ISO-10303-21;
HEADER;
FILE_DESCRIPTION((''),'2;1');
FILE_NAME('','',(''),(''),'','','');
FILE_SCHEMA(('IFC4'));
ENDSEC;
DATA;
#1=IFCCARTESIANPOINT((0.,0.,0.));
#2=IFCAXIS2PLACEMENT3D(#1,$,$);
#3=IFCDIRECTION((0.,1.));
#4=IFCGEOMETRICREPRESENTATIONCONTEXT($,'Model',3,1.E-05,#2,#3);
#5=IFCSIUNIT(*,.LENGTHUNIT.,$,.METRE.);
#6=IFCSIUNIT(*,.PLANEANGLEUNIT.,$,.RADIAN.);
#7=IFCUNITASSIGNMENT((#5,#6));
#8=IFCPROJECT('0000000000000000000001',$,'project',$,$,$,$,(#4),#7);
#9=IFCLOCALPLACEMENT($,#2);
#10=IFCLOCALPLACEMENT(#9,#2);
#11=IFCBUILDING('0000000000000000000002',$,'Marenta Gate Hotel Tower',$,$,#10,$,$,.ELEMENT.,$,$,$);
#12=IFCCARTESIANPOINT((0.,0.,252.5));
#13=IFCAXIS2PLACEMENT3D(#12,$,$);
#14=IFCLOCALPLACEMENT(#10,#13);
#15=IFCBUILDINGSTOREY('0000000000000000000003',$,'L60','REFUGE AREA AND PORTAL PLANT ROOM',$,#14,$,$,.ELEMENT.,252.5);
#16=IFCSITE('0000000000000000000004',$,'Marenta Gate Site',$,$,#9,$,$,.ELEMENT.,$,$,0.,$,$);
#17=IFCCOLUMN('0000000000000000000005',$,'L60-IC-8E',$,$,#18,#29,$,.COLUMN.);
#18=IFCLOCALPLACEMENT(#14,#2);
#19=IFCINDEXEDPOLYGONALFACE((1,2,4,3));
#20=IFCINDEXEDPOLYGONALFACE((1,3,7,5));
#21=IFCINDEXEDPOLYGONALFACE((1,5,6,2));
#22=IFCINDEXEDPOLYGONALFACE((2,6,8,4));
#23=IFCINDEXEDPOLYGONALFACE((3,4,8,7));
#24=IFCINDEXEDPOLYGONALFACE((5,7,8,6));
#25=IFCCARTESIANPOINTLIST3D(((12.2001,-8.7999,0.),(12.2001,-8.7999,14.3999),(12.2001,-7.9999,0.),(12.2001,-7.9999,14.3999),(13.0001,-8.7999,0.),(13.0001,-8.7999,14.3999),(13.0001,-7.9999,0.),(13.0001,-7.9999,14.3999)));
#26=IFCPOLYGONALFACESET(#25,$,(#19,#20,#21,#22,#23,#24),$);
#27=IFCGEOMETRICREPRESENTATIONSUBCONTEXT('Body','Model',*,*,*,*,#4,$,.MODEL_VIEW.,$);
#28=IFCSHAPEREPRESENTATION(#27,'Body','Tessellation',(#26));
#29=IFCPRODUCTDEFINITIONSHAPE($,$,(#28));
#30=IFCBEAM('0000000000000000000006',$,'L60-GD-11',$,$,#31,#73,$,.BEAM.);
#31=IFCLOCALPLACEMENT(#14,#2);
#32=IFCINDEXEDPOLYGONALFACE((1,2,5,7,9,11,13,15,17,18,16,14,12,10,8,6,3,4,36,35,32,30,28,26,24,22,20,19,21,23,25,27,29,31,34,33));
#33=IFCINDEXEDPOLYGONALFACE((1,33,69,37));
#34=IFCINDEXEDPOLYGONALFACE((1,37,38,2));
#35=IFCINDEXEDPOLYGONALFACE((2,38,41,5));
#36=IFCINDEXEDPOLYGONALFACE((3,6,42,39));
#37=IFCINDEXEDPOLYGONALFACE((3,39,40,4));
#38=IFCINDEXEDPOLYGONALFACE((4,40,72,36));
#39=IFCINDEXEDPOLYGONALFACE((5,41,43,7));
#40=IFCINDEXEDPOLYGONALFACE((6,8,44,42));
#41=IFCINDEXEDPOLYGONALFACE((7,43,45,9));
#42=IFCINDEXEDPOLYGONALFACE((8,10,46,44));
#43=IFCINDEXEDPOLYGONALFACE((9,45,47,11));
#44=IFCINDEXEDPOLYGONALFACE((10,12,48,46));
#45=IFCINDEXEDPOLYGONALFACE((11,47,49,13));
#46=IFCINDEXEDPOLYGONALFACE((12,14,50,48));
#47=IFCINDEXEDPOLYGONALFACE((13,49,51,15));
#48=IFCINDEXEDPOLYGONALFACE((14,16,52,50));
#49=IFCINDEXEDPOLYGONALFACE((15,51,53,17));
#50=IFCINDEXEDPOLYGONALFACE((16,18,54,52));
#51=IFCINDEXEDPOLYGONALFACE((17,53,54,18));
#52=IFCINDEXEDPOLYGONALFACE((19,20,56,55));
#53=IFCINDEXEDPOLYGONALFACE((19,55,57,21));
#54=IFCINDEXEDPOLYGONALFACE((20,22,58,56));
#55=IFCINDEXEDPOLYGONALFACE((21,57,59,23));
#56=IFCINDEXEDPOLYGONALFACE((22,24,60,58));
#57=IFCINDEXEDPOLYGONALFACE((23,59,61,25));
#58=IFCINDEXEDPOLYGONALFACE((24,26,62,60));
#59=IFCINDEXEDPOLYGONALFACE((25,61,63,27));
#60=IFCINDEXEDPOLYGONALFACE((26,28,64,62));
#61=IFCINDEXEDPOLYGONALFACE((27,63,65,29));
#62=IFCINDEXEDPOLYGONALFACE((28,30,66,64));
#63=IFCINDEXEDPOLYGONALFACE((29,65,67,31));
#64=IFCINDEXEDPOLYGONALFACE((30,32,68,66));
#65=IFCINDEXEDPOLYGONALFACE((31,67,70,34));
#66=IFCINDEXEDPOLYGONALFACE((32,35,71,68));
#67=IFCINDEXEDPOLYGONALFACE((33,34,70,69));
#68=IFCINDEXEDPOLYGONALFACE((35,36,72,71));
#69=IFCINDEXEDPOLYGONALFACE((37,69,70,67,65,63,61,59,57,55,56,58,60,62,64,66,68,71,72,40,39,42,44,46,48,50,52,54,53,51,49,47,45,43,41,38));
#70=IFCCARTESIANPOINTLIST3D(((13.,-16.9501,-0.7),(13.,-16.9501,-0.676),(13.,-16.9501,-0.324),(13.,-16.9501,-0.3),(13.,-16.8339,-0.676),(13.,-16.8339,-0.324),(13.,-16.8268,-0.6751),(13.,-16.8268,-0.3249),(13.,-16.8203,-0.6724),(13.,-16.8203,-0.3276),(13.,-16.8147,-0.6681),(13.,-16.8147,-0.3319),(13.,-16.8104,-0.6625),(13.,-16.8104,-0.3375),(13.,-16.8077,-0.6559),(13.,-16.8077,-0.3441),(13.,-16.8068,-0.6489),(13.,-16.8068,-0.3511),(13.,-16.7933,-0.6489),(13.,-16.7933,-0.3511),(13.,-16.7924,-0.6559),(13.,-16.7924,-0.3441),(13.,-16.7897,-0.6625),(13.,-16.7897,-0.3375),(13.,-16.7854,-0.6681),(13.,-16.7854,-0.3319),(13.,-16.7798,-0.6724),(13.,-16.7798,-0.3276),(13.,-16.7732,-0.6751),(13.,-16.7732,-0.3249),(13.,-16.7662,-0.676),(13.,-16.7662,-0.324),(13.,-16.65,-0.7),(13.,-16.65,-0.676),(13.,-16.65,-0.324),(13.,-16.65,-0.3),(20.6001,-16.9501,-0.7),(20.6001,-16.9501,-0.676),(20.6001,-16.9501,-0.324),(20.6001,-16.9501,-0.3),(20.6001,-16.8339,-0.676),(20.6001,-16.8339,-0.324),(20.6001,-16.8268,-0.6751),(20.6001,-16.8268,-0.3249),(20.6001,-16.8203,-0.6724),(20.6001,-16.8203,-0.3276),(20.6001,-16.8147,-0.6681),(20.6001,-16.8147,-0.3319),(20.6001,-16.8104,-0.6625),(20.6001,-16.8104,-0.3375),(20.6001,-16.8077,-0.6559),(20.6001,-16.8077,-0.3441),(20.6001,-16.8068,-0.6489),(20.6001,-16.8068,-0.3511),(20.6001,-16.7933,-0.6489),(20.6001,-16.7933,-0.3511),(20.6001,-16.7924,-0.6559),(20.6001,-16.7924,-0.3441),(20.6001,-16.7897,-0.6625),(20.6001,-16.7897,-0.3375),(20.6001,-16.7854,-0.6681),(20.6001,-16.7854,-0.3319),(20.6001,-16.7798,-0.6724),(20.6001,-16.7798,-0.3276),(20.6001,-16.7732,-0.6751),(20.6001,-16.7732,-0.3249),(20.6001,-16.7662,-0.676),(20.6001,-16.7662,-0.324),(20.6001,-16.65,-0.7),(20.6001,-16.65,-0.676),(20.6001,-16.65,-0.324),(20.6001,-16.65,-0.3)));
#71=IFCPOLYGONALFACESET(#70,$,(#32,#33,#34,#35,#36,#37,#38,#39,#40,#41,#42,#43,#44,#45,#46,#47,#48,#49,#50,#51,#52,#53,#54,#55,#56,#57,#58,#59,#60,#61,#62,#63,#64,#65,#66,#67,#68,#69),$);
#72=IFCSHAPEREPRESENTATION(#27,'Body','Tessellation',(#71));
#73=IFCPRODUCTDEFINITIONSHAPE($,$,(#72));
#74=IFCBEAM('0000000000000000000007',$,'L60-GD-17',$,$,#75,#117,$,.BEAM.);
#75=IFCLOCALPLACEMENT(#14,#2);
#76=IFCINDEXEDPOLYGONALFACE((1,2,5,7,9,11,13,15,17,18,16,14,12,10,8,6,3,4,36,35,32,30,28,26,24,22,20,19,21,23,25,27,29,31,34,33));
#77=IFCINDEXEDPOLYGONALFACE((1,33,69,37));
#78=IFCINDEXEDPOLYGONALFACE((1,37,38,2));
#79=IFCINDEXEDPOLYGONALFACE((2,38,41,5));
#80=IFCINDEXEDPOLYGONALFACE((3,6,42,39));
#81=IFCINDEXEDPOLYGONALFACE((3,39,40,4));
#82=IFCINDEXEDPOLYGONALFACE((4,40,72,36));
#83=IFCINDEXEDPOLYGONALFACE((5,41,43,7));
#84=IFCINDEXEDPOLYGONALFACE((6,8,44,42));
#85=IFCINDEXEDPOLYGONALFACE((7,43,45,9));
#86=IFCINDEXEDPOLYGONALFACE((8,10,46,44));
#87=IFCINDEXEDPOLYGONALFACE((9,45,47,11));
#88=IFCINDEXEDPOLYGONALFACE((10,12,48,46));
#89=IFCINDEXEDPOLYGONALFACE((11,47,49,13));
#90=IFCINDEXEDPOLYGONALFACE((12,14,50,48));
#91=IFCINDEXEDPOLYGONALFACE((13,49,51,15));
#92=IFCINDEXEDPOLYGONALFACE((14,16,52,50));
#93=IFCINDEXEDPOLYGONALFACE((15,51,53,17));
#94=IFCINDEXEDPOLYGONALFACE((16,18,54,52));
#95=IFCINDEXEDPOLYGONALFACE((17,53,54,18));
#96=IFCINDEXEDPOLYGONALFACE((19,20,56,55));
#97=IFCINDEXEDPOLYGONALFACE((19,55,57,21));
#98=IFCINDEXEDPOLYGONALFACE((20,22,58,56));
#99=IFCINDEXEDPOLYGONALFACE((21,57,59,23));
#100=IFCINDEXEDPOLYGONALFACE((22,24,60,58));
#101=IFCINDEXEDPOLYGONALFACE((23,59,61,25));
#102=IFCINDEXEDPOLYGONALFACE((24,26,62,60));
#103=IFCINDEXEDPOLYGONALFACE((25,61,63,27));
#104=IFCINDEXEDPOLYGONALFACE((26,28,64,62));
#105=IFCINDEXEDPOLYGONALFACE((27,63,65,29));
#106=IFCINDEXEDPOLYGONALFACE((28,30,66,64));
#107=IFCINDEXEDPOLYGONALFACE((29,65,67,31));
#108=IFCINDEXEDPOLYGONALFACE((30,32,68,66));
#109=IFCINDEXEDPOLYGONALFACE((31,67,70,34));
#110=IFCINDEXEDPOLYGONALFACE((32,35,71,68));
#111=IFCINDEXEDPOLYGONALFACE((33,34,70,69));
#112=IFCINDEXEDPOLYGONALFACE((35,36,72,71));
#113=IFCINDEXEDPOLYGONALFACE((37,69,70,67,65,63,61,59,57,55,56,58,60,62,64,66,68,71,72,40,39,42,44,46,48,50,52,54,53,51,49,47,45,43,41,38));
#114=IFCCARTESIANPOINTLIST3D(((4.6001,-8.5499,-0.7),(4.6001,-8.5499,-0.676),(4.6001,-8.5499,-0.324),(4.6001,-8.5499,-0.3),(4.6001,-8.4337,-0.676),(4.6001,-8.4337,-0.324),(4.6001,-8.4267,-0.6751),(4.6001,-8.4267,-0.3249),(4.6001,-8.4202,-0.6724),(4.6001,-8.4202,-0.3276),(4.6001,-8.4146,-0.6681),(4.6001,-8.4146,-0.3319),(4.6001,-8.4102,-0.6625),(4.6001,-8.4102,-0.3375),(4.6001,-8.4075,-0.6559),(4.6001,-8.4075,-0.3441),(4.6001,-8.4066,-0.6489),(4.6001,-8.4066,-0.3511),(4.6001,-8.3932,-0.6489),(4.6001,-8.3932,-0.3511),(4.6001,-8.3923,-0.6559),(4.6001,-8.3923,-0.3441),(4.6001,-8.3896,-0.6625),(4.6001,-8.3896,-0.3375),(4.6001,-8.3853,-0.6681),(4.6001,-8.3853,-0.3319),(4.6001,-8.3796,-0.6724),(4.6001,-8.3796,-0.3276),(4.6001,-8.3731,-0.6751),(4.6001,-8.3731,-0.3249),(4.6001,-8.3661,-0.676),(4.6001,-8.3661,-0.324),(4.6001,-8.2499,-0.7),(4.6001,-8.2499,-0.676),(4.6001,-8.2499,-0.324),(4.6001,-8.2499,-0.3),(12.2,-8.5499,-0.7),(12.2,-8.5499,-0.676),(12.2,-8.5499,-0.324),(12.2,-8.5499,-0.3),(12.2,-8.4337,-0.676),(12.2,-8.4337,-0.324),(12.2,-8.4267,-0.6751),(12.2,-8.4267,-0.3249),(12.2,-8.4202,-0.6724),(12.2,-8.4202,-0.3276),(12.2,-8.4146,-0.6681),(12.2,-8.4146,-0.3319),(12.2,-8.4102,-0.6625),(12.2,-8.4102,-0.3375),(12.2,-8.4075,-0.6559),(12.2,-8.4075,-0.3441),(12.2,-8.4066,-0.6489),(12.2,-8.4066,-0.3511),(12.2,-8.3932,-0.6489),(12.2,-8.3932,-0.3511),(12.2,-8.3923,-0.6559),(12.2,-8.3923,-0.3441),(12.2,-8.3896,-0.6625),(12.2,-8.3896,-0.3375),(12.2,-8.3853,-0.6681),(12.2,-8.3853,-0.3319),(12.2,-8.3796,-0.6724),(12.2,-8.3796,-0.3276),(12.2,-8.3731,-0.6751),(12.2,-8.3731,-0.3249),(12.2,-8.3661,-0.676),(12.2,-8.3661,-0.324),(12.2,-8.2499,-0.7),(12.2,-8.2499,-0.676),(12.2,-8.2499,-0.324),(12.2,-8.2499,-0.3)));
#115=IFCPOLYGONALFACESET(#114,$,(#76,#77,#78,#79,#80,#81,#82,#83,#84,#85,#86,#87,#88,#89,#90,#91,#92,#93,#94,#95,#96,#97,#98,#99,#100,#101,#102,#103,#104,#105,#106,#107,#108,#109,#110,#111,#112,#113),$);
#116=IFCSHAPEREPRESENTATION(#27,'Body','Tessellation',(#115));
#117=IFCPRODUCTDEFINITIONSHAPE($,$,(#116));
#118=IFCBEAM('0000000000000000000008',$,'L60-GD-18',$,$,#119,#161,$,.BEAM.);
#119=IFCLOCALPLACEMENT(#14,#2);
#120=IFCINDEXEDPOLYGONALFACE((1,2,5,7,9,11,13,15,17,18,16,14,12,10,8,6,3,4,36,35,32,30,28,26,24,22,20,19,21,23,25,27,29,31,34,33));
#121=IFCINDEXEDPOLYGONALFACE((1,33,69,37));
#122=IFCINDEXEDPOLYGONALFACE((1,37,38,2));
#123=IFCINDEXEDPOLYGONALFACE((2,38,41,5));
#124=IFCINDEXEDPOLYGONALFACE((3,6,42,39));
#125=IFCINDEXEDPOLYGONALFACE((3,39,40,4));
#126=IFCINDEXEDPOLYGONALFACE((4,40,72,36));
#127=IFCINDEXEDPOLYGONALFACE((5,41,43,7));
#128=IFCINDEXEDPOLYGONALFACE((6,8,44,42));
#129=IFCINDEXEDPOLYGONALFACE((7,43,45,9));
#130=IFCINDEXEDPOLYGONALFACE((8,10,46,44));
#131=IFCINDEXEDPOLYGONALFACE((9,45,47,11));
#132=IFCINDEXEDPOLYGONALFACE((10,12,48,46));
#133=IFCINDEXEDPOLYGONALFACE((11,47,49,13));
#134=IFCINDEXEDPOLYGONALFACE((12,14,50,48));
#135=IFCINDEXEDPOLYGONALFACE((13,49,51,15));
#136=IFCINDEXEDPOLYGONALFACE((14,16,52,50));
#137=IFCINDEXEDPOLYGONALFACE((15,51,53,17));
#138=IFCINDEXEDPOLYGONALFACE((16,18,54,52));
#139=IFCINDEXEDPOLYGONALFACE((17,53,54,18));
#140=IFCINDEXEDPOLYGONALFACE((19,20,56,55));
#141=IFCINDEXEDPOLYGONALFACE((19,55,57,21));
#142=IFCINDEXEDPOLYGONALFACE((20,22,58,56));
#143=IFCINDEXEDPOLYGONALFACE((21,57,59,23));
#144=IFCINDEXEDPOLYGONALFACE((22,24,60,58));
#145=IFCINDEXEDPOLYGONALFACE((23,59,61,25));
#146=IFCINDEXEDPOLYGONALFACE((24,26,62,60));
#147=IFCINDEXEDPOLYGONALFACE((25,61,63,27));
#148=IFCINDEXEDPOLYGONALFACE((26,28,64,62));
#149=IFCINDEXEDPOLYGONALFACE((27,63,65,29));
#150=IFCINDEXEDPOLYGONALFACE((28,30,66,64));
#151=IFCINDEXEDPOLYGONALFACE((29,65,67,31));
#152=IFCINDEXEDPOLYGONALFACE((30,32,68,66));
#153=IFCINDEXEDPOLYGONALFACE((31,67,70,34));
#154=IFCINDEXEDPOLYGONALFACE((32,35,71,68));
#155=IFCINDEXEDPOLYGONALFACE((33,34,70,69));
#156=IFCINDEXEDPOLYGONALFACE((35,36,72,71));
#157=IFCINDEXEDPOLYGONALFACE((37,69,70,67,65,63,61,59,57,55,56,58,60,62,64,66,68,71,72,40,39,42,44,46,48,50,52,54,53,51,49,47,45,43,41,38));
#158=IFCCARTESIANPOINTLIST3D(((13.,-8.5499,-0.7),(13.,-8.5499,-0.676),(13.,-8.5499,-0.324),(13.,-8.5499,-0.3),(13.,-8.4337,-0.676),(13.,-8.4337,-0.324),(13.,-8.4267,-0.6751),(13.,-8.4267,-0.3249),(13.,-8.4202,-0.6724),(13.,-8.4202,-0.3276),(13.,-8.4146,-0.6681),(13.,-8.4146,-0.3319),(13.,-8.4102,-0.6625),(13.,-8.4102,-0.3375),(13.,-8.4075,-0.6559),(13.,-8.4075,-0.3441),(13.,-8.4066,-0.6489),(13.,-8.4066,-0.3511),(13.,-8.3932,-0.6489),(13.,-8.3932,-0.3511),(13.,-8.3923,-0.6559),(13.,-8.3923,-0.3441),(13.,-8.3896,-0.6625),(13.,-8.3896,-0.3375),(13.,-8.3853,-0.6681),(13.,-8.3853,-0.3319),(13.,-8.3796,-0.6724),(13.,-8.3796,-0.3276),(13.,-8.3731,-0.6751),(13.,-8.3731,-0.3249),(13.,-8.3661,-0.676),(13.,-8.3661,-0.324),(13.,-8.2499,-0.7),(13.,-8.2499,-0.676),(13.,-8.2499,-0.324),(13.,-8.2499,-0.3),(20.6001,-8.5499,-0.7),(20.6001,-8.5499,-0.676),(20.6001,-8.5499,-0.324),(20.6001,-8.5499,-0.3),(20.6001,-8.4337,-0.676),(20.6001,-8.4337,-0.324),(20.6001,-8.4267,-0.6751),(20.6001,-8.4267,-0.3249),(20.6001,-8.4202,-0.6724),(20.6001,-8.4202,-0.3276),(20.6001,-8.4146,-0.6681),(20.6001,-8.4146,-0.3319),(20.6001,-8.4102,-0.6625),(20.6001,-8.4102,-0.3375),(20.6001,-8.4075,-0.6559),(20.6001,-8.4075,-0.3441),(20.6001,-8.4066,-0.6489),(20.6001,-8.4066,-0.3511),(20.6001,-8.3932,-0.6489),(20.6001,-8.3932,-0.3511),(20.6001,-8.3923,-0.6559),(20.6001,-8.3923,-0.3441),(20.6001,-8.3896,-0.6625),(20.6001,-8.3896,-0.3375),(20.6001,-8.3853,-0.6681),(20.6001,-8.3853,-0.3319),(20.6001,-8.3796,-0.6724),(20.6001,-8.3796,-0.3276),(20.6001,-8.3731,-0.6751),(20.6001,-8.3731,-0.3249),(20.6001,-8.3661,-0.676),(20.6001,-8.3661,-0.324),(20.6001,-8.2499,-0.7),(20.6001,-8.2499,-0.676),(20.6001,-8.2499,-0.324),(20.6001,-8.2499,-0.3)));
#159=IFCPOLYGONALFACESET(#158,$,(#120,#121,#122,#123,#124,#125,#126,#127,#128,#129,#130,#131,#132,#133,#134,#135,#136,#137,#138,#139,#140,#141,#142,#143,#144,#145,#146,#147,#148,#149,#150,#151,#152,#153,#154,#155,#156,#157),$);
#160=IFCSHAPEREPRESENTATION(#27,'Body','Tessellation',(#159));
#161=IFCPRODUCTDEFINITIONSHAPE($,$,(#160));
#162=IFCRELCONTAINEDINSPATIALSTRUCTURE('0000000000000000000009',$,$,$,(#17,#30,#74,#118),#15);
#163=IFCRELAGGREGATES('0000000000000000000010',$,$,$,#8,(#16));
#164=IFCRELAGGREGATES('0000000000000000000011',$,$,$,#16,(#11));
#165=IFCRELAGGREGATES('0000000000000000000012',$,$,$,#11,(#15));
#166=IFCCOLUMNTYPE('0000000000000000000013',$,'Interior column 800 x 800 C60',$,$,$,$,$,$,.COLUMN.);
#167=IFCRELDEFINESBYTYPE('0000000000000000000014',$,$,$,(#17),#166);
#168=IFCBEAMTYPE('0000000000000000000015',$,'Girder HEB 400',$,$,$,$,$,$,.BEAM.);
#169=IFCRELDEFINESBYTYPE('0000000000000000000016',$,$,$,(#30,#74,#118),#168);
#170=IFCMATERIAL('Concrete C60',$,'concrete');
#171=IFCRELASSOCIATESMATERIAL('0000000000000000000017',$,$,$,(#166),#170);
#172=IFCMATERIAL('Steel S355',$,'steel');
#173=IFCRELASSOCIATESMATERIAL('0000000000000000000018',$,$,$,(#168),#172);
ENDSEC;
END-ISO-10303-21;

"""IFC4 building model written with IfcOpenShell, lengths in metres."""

from ifc_helpers import new_model, si_unit, direction, frame, origin, origin_2d, place, context, subcontext, project, spatial, rectangle, i_section, extrude, material, material_profile, profile_set, type_object, element, save


model = new_model("IFC4")

# Units and contexts
model_context = context("Model", 3, precision=1e-05, world=origin(), true_north=direction((0.0, 1.0)))
body_context = subcontext(model_context, "Body", "Model", "MODEL_VIEW")
ifc_project = project(units=[si_unit("LENGTHUNIT", "METRE"), si_unit("PLANEANGLEUNIT", "RADIAN")], contexts=[model_context])

# Site, building, storey
site_placement = place(None, origin())
site = spatial("IfcSite", under=ifc_project, at=site_placement, Name="Marenta Gate Site", CompositionType="ELEMENT", RefElevation=0.0)
building_placement = place(site_placement, origin())
building = spatial("IfcBuilding", under=site, at=building_placement, Name="Marenta Gate Hotel Tower", CompositionType="ELEMENT")
storey_placement = place(building_placement, frame((0.0, 0.0, 252.5)))
storey = spatial("IfcBuildingStorey", under=building, at=storey_placement, Name="L60", Description="REFUGE AREA AND PORTAL PLANT ROOM", CompositionType="ELEMENT", Elevation=252.5)

# Column
ifc_material_1 = material(Name="Concrete C60", Category="concrete")
ifc_material_profile_1 = material_profile(ifc_material_1, rectangle(XDim=0.8, YDim=0.8, at=origin_2d()), Name="800 x 800")
ifc_profile_set_1 = profile_set([ifc_material_profile_1], Name="Concrete C60")
column_type = type_object("IfcColumnType", Name="Interior column 800 x 800 C60", PredefinedType="COLUMN", material=ifc_profile_set_1)
column_placement = place(storey_placement, frame((12.6001, -8.3999, 0.0), z_axis=(0.0, 0.0, 1.0), x_axis=(1.0, 0.0, 0.0)))
element("IfcColumn", 1, at=column_placement, inside=storey, type_object=column_type, Name="L60-IC-8E", PredefinedType="COLUMN", context=body_context, shape_type="SweptSolid", body=[
    extrude(rectangle(XDim=0.8, YDim=0.8, at=origin_2d()), origin(), (0.0, 0.0, 1.0), 14.3999),
])

# Beams
ifc_material_2 = material(Name="Steel S355", Category="steel")
ifc_material_profile_2 = material_profile(ifc_material_2, i_section(OverallWidth=0.3, OverallDepth=0.3999, WebThickness=0.0134, FlangeThickness=0.0239, FilletRadius=0.0271, at=origin_2d()), Name="HEB 400")
ifc_profile_set_2 = profile_set([ifc_material_profile_2], Name="Steel S355")
beam_type_1 = type_object("IfcBeamType", Name="Girder HEB 400", PredefinedType="BEAM", material=ifc_profile_set_2)
beam_1_placement = place(storey_placement, frame((13.0, -16.8, -0.5), z_axis=(1.0, 0.0, 0.0), x_axis=(0.0, 1.0, 0.0)))
element("IfcBeam", 2, at=beam_1_placement, inside=storey, type_object=beam_type_1, Name="L60-GD-11", PredefinedType="BEAM", context=body_context, shape_type="SweptSolid", body=[
    extrude(i_section(OverallWidth=0.3, OverallDepth=0.3999, WebThickness=0.0134, FlangeThickness=0.0239, FilletRadius=0.0271, at=origin_2d()), origin(), (0.0, 0.0, 1.0), 7.6001),
])
beam_2_placement = place(storey_placement, frame((4.6001, -8.3999, -0.5), z_axis=(1.0, 0.0, 0.0), x_axis=(0.0, 1.0, 0.0)))
element("IfcBeam", 3, at=beam_2_placement, inside=storey, type_object=beam_type_1, Name="L60-GD-17", PredefinedType="BEAM", context=body_context, shape_type="SweptSolid", body=[
    extrude(i_section(OverallWidth=0.3, OverallDepth=0.3999, WebThickness=0.0134, FlangeThickness=0.0239, FilletRadius=0.0271, at=origin_2d()), origin(), (0.0, 0.0, 1.0), 7.5999),
])
beam_3_placement = place(storey_placement, frame((13.0, -8.3999, -0.5), z_axis=(1.0, 0.0, 0.0), x_axis=(0.0, 1.0, 0.0)))
element("IfcBeam", 4, at=beam_3_placement, inside=storey, type_object=beam_type_1, Name="L60-GD-18", PredefinedType="BEAM", context=body_context, shape_type="SweptSolid", body=[
    extrude(i_section(OverallWidth=0.3, OverallDepth=0.3999, WebThickness=0.0134, FlangeThickness=0.0239, FilletRadius=0.0271, at=origin_2d()), origin(), (0.0, 0.0, 1.0), 7.6001),
])

save(model, "model.ifc")
